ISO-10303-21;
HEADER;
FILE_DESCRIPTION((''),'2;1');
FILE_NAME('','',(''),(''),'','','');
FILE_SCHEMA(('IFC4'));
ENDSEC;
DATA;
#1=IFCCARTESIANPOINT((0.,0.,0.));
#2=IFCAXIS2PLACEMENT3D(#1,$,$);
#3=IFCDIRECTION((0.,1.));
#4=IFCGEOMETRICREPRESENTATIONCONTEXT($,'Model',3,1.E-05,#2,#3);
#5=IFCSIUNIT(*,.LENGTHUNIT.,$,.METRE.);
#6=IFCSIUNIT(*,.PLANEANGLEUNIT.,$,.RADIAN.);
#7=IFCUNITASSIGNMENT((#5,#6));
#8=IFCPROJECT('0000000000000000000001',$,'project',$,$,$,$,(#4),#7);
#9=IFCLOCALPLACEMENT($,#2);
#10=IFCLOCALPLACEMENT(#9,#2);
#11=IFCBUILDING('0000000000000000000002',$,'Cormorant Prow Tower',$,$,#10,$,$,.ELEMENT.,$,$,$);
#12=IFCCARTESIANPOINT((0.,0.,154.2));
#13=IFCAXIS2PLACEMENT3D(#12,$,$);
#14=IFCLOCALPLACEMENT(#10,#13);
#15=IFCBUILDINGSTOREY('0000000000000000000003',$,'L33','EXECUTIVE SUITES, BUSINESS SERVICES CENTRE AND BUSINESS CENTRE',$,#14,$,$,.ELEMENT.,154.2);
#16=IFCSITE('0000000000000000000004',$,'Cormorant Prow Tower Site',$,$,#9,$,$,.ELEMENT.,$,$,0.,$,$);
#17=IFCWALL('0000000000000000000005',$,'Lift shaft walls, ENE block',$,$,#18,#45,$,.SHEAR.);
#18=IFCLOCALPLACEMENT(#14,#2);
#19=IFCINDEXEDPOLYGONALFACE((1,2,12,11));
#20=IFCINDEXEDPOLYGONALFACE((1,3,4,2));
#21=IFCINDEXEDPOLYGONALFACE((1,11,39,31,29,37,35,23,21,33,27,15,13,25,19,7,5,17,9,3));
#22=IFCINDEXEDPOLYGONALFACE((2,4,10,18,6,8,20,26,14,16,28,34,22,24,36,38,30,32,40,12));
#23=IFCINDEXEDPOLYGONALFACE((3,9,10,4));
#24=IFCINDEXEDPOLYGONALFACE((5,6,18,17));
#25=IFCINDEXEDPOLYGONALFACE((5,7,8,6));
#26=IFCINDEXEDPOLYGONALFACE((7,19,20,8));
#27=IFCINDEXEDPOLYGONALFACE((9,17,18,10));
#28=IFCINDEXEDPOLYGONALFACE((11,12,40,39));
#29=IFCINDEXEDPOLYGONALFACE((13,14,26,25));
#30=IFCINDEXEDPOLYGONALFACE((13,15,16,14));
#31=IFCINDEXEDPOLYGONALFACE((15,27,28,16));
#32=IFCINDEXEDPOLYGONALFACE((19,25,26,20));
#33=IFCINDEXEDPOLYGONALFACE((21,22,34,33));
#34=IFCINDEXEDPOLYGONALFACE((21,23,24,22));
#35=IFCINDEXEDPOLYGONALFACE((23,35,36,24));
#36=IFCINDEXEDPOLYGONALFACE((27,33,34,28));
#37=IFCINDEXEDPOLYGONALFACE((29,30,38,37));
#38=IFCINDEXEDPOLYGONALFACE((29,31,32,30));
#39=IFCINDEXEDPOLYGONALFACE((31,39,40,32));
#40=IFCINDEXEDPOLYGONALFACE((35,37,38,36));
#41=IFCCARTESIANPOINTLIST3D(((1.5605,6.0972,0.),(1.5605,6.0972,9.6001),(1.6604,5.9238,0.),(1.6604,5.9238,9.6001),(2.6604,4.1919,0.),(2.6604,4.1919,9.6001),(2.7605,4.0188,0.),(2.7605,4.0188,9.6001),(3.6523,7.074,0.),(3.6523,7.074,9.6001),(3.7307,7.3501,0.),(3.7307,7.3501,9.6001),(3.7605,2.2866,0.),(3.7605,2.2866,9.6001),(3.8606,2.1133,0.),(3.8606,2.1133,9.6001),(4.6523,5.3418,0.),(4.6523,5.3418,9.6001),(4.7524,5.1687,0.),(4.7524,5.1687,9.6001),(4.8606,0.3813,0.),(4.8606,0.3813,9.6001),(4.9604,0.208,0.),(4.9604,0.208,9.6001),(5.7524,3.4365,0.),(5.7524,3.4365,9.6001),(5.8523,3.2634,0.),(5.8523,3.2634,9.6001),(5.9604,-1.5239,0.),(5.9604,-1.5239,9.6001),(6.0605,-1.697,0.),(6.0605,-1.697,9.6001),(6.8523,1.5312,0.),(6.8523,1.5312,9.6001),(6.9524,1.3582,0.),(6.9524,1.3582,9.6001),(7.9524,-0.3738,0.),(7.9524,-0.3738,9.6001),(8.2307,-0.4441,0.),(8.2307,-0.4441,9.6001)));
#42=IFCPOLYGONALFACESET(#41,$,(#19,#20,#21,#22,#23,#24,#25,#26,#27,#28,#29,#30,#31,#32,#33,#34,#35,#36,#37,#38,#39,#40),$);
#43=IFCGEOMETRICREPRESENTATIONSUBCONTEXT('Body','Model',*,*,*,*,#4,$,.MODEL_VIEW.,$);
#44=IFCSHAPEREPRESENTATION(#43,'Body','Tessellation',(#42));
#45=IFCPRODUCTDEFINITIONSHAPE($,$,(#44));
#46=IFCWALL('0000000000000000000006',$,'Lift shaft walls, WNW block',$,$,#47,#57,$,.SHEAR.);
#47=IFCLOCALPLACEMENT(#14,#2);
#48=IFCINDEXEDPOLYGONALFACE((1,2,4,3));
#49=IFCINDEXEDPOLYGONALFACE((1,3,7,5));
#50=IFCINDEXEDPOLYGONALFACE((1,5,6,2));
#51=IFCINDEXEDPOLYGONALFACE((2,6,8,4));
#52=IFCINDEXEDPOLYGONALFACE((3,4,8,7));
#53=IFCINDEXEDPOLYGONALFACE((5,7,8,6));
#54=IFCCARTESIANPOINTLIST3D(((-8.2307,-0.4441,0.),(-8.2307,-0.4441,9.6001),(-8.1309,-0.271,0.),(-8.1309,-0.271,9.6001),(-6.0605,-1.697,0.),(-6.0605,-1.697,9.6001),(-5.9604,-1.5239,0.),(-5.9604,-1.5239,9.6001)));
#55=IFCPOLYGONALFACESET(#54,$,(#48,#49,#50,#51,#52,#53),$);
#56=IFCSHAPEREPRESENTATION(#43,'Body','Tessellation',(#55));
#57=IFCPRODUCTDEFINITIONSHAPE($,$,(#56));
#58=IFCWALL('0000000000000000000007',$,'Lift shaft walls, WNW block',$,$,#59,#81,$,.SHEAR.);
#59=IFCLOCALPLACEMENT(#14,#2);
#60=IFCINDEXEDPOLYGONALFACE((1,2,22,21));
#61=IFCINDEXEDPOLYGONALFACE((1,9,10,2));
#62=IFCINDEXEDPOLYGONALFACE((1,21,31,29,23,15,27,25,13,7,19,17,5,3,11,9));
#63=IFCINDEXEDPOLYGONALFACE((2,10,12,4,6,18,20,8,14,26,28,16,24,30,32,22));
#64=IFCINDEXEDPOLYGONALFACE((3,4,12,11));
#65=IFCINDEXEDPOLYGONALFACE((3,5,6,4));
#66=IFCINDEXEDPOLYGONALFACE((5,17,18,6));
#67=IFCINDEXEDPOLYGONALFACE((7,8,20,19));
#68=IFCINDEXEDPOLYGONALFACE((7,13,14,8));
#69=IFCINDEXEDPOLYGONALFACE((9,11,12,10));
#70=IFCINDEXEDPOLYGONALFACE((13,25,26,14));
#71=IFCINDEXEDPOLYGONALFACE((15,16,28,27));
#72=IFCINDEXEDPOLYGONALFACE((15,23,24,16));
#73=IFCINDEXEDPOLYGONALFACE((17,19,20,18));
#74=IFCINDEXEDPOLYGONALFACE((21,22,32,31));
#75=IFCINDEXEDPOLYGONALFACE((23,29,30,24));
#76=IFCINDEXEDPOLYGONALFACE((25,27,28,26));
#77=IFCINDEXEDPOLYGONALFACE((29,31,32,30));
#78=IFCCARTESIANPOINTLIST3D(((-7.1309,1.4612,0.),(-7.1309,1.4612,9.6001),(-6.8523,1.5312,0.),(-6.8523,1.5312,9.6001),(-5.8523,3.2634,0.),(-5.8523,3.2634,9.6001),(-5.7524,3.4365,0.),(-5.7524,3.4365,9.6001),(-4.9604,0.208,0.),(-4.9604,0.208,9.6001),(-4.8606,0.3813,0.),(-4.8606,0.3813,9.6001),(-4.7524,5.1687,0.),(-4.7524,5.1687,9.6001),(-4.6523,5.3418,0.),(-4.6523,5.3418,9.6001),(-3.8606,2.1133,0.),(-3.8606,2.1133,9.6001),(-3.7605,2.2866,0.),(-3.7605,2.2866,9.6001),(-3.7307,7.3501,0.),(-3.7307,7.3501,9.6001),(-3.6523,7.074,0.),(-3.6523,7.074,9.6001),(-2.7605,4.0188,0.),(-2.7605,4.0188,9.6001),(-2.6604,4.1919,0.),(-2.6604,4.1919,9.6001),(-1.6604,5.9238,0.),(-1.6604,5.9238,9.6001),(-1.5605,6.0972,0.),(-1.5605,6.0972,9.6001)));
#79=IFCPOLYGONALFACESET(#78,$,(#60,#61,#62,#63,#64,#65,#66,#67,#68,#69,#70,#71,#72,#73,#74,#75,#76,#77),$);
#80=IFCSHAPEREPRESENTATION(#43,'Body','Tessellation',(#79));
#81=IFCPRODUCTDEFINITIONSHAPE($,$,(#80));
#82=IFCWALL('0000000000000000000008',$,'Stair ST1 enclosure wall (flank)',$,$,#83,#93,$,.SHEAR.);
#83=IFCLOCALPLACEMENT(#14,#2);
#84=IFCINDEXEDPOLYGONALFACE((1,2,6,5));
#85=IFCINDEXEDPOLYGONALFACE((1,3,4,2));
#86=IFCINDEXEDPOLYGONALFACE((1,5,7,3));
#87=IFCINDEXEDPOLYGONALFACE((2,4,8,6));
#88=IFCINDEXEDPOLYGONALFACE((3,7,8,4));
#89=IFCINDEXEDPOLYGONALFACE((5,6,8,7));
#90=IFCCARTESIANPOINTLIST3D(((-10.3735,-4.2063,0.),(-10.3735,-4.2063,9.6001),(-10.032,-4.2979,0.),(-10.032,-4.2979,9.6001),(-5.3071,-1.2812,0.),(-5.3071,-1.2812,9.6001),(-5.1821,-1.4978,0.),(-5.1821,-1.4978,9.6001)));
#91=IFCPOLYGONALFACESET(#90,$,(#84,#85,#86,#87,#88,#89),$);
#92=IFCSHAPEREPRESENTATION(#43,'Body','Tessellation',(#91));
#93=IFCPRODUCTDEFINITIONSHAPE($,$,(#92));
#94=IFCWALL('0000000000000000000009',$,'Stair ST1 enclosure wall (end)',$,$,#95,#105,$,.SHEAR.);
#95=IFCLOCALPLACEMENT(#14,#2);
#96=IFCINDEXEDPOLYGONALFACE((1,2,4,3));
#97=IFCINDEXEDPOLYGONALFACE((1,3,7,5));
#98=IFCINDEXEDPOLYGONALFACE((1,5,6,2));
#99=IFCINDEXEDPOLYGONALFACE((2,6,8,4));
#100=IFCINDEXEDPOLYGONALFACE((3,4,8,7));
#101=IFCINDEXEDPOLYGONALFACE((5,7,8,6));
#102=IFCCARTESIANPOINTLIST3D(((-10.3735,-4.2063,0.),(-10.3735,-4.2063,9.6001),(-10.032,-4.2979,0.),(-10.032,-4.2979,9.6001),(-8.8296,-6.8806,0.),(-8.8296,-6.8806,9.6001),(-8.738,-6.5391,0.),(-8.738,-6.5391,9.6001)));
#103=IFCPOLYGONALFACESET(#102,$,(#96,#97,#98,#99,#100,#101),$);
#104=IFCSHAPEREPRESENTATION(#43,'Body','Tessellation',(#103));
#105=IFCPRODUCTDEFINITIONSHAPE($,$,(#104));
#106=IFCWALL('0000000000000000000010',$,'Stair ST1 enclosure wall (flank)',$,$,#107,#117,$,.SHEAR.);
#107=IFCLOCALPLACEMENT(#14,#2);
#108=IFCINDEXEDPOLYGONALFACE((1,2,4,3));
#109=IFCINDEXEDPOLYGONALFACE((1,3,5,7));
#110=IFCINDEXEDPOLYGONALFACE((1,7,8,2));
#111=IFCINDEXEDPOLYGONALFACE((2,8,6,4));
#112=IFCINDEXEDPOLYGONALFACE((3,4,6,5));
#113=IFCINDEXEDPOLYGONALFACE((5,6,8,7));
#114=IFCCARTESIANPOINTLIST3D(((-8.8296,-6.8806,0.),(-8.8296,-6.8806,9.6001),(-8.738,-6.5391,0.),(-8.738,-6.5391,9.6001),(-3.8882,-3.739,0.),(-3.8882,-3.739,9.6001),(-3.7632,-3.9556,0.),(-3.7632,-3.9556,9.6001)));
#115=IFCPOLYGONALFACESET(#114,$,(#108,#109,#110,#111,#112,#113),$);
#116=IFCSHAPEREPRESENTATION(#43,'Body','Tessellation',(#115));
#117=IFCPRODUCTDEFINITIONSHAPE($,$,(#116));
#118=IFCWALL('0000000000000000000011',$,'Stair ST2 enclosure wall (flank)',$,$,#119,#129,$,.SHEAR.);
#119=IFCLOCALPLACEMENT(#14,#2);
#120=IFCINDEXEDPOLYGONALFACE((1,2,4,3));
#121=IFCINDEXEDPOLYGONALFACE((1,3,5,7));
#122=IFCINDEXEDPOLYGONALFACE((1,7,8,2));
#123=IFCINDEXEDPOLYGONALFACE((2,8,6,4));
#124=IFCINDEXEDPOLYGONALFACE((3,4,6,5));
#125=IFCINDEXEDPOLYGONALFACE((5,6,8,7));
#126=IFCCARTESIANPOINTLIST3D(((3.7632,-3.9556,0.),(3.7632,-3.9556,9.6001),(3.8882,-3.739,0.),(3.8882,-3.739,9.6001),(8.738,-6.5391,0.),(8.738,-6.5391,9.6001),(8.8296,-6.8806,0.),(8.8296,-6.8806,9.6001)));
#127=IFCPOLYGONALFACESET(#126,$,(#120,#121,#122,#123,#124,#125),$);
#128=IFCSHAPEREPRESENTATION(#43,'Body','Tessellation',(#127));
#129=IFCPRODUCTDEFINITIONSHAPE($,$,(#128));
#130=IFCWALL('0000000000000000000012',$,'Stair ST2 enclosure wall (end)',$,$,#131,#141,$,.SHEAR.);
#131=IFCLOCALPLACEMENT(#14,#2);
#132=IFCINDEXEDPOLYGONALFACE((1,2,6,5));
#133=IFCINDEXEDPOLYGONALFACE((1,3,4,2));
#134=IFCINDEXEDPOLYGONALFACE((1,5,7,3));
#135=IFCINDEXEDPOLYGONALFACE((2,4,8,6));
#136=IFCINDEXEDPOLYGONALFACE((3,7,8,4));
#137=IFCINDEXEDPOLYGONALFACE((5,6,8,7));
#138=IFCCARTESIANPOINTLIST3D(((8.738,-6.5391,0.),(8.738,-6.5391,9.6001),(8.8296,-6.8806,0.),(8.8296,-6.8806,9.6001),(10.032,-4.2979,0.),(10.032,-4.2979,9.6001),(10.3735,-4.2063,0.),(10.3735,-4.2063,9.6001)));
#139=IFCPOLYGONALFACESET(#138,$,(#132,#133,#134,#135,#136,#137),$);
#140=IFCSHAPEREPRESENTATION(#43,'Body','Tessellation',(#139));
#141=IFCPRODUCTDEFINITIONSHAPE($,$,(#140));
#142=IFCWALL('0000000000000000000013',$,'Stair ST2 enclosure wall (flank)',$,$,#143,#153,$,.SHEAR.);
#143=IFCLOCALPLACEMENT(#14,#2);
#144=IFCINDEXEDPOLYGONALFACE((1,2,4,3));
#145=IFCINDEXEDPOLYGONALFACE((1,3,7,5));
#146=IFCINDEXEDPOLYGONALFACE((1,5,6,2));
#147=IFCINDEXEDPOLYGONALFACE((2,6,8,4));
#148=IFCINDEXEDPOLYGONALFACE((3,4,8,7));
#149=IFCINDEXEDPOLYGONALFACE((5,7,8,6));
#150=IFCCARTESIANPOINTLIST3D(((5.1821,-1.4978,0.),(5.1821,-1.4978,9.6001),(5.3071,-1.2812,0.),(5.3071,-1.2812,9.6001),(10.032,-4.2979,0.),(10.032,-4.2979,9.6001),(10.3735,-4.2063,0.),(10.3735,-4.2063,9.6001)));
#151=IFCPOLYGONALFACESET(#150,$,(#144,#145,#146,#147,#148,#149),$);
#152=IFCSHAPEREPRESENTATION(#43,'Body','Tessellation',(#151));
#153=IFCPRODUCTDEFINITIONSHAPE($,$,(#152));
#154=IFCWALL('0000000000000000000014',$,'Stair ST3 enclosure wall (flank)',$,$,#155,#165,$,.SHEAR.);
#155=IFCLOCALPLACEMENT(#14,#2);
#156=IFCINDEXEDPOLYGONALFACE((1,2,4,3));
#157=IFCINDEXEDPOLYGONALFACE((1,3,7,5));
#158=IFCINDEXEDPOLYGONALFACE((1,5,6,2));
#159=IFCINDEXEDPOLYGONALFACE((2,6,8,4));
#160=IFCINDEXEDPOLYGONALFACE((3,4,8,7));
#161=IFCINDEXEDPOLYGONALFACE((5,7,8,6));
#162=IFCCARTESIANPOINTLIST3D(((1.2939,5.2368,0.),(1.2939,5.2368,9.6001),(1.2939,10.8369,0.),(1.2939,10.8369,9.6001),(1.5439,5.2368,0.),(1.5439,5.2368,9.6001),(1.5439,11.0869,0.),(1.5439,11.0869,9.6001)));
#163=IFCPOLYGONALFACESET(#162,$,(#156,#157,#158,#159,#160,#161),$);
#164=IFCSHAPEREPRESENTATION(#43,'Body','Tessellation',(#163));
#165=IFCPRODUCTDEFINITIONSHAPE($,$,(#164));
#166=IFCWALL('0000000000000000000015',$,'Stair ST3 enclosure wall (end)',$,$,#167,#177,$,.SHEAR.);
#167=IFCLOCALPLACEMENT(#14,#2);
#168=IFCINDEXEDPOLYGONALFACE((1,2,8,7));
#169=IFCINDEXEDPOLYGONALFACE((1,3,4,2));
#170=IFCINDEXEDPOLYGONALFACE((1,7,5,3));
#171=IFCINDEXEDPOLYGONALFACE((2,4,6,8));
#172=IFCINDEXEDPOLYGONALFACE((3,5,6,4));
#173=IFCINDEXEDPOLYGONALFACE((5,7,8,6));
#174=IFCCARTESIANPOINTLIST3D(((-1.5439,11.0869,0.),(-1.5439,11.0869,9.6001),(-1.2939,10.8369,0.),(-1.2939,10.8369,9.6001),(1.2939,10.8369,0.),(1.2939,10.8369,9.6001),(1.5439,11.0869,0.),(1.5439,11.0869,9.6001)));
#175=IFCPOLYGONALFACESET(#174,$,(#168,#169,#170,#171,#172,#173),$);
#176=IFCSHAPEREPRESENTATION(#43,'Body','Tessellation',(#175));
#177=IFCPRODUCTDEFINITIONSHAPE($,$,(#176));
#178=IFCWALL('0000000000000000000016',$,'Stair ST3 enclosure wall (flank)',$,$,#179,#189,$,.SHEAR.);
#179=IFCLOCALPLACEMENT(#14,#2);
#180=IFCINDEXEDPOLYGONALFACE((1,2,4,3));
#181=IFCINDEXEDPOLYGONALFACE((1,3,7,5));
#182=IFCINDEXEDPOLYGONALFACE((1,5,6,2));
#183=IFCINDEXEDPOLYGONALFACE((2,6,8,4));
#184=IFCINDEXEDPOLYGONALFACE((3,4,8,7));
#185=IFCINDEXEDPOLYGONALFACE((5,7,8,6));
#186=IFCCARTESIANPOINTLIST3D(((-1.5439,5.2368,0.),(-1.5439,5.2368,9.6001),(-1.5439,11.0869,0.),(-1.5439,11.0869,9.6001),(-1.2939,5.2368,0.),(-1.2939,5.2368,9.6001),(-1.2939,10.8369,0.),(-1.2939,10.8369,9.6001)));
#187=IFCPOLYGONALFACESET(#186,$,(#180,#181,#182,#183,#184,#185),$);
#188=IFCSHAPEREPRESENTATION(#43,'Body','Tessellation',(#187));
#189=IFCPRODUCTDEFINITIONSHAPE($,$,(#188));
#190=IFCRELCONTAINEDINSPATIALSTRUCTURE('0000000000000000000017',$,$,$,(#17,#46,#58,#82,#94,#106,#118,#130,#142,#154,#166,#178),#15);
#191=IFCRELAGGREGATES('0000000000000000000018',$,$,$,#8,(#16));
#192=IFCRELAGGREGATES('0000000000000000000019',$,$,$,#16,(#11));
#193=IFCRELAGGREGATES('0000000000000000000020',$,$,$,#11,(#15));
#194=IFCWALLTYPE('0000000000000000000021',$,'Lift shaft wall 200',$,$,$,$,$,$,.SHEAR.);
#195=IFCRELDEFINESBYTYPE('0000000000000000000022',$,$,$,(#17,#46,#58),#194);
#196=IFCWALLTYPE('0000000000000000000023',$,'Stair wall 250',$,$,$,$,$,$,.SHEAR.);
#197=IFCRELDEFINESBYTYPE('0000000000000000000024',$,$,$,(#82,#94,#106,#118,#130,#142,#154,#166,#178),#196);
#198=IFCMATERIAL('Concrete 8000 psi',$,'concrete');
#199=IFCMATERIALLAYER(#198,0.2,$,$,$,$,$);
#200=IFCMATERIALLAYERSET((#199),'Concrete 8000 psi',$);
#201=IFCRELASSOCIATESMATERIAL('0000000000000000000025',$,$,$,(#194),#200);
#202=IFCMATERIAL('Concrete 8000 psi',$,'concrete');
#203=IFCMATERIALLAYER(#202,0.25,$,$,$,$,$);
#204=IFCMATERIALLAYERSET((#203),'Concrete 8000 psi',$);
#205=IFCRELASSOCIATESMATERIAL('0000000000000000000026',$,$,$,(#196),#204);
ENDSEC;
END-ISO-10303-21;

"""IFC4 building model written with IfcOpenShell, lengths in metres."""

from ifc_helpers import new_model, si_unit, direction, frame, origin, place, context, subcontext, project, spatial, polyline, outline, extrude, material, layer, layer_set, type_object, element, save


model = new_model("IFC4")

# Units and contexts
model_context = context("Model", 3, precision=1e-05, world=origin(), true_north=direction((0.0, 1.0)))
body_context = subcontext(model_context, "Body", "Model", "MODEL_VIEW")
ifc_project = project(units=[si_unit("LENGTHUNIT", "METRE"), si_unit("PLANEANGLEUNIT", "RADIAN")], contexts=[model_context])

# Site, building, storey
site_placement = place(None, origin())
site = spatial("IfcSite", under=ifc_project, at=site_placement, Name="Cormorant Prow Tower Site", CompositionType="ELEMENT", RefElevation=0.0)
building_placement = place(site_placement, origin())
building = spatial("IfcBuilding", under=site, at=building_placement, Name="Cormorant Prow Tower", CompositionType="ELEMENT")
storey_placement = place(building_placement, frame((0.0, 0.0, 154.2)))
storey = spatial("IfcBuildingStorey", under=building, at=storey_placement, Name="L33", Description="EXECUTIVE SUITES, BUSINESS SERVICES CENTRE AND BUSINESS CENTRE", CompositionType="ELEMENT", Elevation=154.2)

# Walls
ifc_material_1 = material(Name="Concrete 8000 psi", Category="concrete")
ifc_layer_1 = layer(ifc_material_1, 0.2)
ifc_layer_set_1 = layer_set([ifc_layer_1], Name="Concrete 8000 psi")
wall_type_1 = type_object("IfcWallType", Name="Lift shaft wall 200", PredefinedType="SHEAR", material=ifc_layer_set_1)
wall_1_placement = place(storey_placement, origin())
element("IfcWall", 1, at=wall_1_placement, inside=storey, type_object=wall_type_1, Name="Lift shaft walls, ENE block", PredefinedType="SHEAR", context=body_context, shape_type="SweptSolid", body=[
    extrude(outline(polyline([(1.5605, 6.0972), (3.7307, 7.3501), (8.2307, -0.4441), (6.0605, -1.697), (5.9604, -1.5239), (7.9524, -0.3738), (6.9524, 1.3582), (4.9604, 0.208), (4.8606, 0.3813), (6.8523, 1.5312), (5.8523, 3.2634), (3.8606, 2.1133), (3.7605, 2.2866), (5.7524, 3.4365), (4.7524, 5.1687), (2.7605, 4.0188), (2.6604, 4.1919), (4.6523, 5.3418), (3.6523, 7.074), (1.6604, 5.9238), (1.5605, 6.0972)])), origin(), (0.0, 0.0, 1.0), 9.6001),
])
wall_2_placement = place(storey_placement, origin())
element("IfcWall", 2, at=wall_2_placement, inside=storey, type_object=wall_type_1, Name="Lift shaft walls, WNW block", PredefinedType="SHEAR", context=body_context, shape_type="SweptSolid", body=[
    extrude(outline(polyline([(-6.0605, -1.697), (-8.2307, -0.4441), (-8.1309, -0.271), (-5.9604, -1.5239), (-6.0605, -1.697)])), origin(), (0.0, 0.0, 1.0), 9.6001),
])
wall_3_placement = place(storey_placement, origin())
element("IfcWall", 3, at=wall_3_placement, inside=storey, type_object=wall_type_1, Name="Lift shaft walls, WNW block", PredefinedType="SHEAR", context=body_context, shape_type="SweptSolid", body=[
    extrude(outline(polyline([(-4.9604, 0.208), (-7.1309, 1.4612), (-3.7307, 7.3501), (-1.5605, 6.0972), (-1.6604, 5.9238), (-3.6523, 7.074), (-4.6523, 5.3418), (-2.6604, 4.1919), (-2.7605, 4.0188), (-4.7524, 5.1687), (-5.7524, 3.4365), (-3.7605, 2.2866), (-3.8606, 2.1133), (-5.8523, 3.2634), (-6.8523, 1.5312), (-4.8606, 0.3813), (-4.9604, 0.208)])), origin(), (0.0, 0.0, 1.0), 9.6001),
])
ifc_material_2 = material(Name="Concrete 8000 psi", Category="concrete")
ifc_layer_2 = layer(ifc_material_2, 0.25)
ifc_layer_set_2 = layer_set([ifc_layer_2], Name="Concrete 8000 psi")
wall_type_2 = type_object("IfcWallType", Name="Stair wall 250", PredefinedType="SHEAR", material=ifc_layer_set_2)
wall_4_placement = place(storey_placement, origin())
element("IfcWall", 4, at=wall_4_placement, inside=storey, type_object=wall_type_2, Name="Stair ST1 enclosure wall (flank)", PredefinedType="SHEAR", context=body_context, shape_type="SweptSolid", body=[
    extrude(outline(polyline([(-5.3071, -1.2812), (-10.3735, -4.2063), (-10.032, -4.2979), (-5.1821, -1.4978), (-5.3071, -1.2812)])), origin(), (0.0, 0.0, 1.0), 9.6001),
])
wall_5_placement = place(storey_placement, origin())
element("IfcWall", 5, at=wall_5_placement, inside=storey, type_object=wall_type_2, Name="Stair ST1 enclosure wall (end)", PredefinedType="SHEAR", context=body_context, shape_type="SweptSolid", body=[
    extrude(outline(polyline([(-10.3735, -4.2063), (-8.8296, -6.8806), (-8.738, -6.5391), (-10.032, -4.2979), (-10.3735, -4.2063)])), origin(), (0.0, 0.0, 1.0), 9.6001),
])
wall_6_placement = place(storey_placement, origin())
element("IfcWall", 6, at=wall_6_placement, inside=storey, type_object=wall_type_2, Name="Stair ST1 enclosure wall (flank)", PredefinedType="SHEAR", context=body_context, shape_type="SweptSolid", body=[
    extrude(outline(polyline([(-8.738, -6.5391), (-8.8296, -6.8806), (-3.7632, -3.9556), (-3.8882, -3.739), (-8.738, -6.5391)])), origin(), (0.0, 0.0, 1.0), 9.6001),
])
wall_7_placement = place(storey_placement, origin())
element("IfcWall", 7, at=wall_7_placement, inside=storey, type_object=wall_type_2, Name="Stair ST2 enclosure wall (flank)", PredefinedType="SHEAR", context=body_context, shape_type="SweptSolid", body=[
    extrude(outline(polyline([(3.7632, -3.9556), (8.8296, -6.8806), (8.738, -6.5391), (3.8882, -3.739), (3.7632, -3.9556)])), origin(), (0.0, 0.0, 1.0), 9.6001),
])
wall_8_placement = place(storey_placement, origin())
element("IfcWall", 8, at=wall_8_placement, inside=storey, type_object=wall_type_2, Name="Stair ST2 enclosure wall (end)", PredefinedType="SHEAR", context=body_context, shape_type="SweptSolid", body=[
    extrude(outline(polyline([(8.8296, -6.8806), (10.3735, -4.2063), (10.032, -4.2979), (8.738, -6.5391), (8.8296, -6.8806)])), origin(), (0.0, 0.0, 1.0), 9.6001),
])
wall_9_placement = place(storey_placement, origin())
element("IfcWall", 9, at=wall_9_placement, inside=storey, type_object=wall_type_2, Name="Stair ST2 enclosure wall (flank)", PredefinedType="SHEAR", context=body_context, shape_type="SweptSolid", body=[
    extrude(outline(polyline([(10.032, -4.2979), (10.3735, -4.2063), (5.3071, -1.2812), (5.1821, -1.4978), (10.032, -4.2979)])), origin(), (0.0, 0.0, 1.0), 9.6001),
])
wall_10_placement = place(storey_placement, origin())
element("IfcWall", 10, at=wall_10_placement, inside=storey, type_object=wall_type_2, Name="Stair ST3 enclosure wall (flank)", PredefinedType="SHEAR", context=body_context, shape_type="SweptSolid", body=[
    extrude(outline(polyline([(1.5439, 5.2368), (1.5439, 11.0869), (1.2939, 10.8369), (1.2939, 5.2368), (1.5439, 5.2368)])), origin(), (0.0, 0.0, 1.0), 9.6001),
])
wall_11_placement = place(storey_placement, origin())
element("IfcWall", 11, at=wall_11_placement, inside=storey, type_object=wall_type_2, Name="Stair ST3 enclosure wall (end)", PredefinedType="SHEAR", context=body_context, shape_type="SweptSolid", body=[
    extrude(outline(polyline([(1.5439, 11.0869), (-1.5439, 11.0869), (-1.2939, 10.8369), (1.2939, 10.8369), (1.5439, 11.0869)])), origin(), (0.0, 0.0, 1.0), 9.6001),
])
wall_12_placement = place(storey_placement, origin())
element("IfcWall", 12, at=wall_12_placement, inside=storey, type_object=wall_type_2, Name="Stair ST3 enclosure wall (flank)", PredefinedType="SHEAR", context=body_context, shape_type="SweptSolid", body=[
    extrude(outline(polyline([(-1.2939, 10.8369), (-1.5439, 11.0869), (-1.5439, 5.2368), (-1.2939, 5.2368), (-1.2939, 10.8369)])), origin(), (0.0, 0.0, 1.0), 9.6001),
])

save(model, "model.ifc")
